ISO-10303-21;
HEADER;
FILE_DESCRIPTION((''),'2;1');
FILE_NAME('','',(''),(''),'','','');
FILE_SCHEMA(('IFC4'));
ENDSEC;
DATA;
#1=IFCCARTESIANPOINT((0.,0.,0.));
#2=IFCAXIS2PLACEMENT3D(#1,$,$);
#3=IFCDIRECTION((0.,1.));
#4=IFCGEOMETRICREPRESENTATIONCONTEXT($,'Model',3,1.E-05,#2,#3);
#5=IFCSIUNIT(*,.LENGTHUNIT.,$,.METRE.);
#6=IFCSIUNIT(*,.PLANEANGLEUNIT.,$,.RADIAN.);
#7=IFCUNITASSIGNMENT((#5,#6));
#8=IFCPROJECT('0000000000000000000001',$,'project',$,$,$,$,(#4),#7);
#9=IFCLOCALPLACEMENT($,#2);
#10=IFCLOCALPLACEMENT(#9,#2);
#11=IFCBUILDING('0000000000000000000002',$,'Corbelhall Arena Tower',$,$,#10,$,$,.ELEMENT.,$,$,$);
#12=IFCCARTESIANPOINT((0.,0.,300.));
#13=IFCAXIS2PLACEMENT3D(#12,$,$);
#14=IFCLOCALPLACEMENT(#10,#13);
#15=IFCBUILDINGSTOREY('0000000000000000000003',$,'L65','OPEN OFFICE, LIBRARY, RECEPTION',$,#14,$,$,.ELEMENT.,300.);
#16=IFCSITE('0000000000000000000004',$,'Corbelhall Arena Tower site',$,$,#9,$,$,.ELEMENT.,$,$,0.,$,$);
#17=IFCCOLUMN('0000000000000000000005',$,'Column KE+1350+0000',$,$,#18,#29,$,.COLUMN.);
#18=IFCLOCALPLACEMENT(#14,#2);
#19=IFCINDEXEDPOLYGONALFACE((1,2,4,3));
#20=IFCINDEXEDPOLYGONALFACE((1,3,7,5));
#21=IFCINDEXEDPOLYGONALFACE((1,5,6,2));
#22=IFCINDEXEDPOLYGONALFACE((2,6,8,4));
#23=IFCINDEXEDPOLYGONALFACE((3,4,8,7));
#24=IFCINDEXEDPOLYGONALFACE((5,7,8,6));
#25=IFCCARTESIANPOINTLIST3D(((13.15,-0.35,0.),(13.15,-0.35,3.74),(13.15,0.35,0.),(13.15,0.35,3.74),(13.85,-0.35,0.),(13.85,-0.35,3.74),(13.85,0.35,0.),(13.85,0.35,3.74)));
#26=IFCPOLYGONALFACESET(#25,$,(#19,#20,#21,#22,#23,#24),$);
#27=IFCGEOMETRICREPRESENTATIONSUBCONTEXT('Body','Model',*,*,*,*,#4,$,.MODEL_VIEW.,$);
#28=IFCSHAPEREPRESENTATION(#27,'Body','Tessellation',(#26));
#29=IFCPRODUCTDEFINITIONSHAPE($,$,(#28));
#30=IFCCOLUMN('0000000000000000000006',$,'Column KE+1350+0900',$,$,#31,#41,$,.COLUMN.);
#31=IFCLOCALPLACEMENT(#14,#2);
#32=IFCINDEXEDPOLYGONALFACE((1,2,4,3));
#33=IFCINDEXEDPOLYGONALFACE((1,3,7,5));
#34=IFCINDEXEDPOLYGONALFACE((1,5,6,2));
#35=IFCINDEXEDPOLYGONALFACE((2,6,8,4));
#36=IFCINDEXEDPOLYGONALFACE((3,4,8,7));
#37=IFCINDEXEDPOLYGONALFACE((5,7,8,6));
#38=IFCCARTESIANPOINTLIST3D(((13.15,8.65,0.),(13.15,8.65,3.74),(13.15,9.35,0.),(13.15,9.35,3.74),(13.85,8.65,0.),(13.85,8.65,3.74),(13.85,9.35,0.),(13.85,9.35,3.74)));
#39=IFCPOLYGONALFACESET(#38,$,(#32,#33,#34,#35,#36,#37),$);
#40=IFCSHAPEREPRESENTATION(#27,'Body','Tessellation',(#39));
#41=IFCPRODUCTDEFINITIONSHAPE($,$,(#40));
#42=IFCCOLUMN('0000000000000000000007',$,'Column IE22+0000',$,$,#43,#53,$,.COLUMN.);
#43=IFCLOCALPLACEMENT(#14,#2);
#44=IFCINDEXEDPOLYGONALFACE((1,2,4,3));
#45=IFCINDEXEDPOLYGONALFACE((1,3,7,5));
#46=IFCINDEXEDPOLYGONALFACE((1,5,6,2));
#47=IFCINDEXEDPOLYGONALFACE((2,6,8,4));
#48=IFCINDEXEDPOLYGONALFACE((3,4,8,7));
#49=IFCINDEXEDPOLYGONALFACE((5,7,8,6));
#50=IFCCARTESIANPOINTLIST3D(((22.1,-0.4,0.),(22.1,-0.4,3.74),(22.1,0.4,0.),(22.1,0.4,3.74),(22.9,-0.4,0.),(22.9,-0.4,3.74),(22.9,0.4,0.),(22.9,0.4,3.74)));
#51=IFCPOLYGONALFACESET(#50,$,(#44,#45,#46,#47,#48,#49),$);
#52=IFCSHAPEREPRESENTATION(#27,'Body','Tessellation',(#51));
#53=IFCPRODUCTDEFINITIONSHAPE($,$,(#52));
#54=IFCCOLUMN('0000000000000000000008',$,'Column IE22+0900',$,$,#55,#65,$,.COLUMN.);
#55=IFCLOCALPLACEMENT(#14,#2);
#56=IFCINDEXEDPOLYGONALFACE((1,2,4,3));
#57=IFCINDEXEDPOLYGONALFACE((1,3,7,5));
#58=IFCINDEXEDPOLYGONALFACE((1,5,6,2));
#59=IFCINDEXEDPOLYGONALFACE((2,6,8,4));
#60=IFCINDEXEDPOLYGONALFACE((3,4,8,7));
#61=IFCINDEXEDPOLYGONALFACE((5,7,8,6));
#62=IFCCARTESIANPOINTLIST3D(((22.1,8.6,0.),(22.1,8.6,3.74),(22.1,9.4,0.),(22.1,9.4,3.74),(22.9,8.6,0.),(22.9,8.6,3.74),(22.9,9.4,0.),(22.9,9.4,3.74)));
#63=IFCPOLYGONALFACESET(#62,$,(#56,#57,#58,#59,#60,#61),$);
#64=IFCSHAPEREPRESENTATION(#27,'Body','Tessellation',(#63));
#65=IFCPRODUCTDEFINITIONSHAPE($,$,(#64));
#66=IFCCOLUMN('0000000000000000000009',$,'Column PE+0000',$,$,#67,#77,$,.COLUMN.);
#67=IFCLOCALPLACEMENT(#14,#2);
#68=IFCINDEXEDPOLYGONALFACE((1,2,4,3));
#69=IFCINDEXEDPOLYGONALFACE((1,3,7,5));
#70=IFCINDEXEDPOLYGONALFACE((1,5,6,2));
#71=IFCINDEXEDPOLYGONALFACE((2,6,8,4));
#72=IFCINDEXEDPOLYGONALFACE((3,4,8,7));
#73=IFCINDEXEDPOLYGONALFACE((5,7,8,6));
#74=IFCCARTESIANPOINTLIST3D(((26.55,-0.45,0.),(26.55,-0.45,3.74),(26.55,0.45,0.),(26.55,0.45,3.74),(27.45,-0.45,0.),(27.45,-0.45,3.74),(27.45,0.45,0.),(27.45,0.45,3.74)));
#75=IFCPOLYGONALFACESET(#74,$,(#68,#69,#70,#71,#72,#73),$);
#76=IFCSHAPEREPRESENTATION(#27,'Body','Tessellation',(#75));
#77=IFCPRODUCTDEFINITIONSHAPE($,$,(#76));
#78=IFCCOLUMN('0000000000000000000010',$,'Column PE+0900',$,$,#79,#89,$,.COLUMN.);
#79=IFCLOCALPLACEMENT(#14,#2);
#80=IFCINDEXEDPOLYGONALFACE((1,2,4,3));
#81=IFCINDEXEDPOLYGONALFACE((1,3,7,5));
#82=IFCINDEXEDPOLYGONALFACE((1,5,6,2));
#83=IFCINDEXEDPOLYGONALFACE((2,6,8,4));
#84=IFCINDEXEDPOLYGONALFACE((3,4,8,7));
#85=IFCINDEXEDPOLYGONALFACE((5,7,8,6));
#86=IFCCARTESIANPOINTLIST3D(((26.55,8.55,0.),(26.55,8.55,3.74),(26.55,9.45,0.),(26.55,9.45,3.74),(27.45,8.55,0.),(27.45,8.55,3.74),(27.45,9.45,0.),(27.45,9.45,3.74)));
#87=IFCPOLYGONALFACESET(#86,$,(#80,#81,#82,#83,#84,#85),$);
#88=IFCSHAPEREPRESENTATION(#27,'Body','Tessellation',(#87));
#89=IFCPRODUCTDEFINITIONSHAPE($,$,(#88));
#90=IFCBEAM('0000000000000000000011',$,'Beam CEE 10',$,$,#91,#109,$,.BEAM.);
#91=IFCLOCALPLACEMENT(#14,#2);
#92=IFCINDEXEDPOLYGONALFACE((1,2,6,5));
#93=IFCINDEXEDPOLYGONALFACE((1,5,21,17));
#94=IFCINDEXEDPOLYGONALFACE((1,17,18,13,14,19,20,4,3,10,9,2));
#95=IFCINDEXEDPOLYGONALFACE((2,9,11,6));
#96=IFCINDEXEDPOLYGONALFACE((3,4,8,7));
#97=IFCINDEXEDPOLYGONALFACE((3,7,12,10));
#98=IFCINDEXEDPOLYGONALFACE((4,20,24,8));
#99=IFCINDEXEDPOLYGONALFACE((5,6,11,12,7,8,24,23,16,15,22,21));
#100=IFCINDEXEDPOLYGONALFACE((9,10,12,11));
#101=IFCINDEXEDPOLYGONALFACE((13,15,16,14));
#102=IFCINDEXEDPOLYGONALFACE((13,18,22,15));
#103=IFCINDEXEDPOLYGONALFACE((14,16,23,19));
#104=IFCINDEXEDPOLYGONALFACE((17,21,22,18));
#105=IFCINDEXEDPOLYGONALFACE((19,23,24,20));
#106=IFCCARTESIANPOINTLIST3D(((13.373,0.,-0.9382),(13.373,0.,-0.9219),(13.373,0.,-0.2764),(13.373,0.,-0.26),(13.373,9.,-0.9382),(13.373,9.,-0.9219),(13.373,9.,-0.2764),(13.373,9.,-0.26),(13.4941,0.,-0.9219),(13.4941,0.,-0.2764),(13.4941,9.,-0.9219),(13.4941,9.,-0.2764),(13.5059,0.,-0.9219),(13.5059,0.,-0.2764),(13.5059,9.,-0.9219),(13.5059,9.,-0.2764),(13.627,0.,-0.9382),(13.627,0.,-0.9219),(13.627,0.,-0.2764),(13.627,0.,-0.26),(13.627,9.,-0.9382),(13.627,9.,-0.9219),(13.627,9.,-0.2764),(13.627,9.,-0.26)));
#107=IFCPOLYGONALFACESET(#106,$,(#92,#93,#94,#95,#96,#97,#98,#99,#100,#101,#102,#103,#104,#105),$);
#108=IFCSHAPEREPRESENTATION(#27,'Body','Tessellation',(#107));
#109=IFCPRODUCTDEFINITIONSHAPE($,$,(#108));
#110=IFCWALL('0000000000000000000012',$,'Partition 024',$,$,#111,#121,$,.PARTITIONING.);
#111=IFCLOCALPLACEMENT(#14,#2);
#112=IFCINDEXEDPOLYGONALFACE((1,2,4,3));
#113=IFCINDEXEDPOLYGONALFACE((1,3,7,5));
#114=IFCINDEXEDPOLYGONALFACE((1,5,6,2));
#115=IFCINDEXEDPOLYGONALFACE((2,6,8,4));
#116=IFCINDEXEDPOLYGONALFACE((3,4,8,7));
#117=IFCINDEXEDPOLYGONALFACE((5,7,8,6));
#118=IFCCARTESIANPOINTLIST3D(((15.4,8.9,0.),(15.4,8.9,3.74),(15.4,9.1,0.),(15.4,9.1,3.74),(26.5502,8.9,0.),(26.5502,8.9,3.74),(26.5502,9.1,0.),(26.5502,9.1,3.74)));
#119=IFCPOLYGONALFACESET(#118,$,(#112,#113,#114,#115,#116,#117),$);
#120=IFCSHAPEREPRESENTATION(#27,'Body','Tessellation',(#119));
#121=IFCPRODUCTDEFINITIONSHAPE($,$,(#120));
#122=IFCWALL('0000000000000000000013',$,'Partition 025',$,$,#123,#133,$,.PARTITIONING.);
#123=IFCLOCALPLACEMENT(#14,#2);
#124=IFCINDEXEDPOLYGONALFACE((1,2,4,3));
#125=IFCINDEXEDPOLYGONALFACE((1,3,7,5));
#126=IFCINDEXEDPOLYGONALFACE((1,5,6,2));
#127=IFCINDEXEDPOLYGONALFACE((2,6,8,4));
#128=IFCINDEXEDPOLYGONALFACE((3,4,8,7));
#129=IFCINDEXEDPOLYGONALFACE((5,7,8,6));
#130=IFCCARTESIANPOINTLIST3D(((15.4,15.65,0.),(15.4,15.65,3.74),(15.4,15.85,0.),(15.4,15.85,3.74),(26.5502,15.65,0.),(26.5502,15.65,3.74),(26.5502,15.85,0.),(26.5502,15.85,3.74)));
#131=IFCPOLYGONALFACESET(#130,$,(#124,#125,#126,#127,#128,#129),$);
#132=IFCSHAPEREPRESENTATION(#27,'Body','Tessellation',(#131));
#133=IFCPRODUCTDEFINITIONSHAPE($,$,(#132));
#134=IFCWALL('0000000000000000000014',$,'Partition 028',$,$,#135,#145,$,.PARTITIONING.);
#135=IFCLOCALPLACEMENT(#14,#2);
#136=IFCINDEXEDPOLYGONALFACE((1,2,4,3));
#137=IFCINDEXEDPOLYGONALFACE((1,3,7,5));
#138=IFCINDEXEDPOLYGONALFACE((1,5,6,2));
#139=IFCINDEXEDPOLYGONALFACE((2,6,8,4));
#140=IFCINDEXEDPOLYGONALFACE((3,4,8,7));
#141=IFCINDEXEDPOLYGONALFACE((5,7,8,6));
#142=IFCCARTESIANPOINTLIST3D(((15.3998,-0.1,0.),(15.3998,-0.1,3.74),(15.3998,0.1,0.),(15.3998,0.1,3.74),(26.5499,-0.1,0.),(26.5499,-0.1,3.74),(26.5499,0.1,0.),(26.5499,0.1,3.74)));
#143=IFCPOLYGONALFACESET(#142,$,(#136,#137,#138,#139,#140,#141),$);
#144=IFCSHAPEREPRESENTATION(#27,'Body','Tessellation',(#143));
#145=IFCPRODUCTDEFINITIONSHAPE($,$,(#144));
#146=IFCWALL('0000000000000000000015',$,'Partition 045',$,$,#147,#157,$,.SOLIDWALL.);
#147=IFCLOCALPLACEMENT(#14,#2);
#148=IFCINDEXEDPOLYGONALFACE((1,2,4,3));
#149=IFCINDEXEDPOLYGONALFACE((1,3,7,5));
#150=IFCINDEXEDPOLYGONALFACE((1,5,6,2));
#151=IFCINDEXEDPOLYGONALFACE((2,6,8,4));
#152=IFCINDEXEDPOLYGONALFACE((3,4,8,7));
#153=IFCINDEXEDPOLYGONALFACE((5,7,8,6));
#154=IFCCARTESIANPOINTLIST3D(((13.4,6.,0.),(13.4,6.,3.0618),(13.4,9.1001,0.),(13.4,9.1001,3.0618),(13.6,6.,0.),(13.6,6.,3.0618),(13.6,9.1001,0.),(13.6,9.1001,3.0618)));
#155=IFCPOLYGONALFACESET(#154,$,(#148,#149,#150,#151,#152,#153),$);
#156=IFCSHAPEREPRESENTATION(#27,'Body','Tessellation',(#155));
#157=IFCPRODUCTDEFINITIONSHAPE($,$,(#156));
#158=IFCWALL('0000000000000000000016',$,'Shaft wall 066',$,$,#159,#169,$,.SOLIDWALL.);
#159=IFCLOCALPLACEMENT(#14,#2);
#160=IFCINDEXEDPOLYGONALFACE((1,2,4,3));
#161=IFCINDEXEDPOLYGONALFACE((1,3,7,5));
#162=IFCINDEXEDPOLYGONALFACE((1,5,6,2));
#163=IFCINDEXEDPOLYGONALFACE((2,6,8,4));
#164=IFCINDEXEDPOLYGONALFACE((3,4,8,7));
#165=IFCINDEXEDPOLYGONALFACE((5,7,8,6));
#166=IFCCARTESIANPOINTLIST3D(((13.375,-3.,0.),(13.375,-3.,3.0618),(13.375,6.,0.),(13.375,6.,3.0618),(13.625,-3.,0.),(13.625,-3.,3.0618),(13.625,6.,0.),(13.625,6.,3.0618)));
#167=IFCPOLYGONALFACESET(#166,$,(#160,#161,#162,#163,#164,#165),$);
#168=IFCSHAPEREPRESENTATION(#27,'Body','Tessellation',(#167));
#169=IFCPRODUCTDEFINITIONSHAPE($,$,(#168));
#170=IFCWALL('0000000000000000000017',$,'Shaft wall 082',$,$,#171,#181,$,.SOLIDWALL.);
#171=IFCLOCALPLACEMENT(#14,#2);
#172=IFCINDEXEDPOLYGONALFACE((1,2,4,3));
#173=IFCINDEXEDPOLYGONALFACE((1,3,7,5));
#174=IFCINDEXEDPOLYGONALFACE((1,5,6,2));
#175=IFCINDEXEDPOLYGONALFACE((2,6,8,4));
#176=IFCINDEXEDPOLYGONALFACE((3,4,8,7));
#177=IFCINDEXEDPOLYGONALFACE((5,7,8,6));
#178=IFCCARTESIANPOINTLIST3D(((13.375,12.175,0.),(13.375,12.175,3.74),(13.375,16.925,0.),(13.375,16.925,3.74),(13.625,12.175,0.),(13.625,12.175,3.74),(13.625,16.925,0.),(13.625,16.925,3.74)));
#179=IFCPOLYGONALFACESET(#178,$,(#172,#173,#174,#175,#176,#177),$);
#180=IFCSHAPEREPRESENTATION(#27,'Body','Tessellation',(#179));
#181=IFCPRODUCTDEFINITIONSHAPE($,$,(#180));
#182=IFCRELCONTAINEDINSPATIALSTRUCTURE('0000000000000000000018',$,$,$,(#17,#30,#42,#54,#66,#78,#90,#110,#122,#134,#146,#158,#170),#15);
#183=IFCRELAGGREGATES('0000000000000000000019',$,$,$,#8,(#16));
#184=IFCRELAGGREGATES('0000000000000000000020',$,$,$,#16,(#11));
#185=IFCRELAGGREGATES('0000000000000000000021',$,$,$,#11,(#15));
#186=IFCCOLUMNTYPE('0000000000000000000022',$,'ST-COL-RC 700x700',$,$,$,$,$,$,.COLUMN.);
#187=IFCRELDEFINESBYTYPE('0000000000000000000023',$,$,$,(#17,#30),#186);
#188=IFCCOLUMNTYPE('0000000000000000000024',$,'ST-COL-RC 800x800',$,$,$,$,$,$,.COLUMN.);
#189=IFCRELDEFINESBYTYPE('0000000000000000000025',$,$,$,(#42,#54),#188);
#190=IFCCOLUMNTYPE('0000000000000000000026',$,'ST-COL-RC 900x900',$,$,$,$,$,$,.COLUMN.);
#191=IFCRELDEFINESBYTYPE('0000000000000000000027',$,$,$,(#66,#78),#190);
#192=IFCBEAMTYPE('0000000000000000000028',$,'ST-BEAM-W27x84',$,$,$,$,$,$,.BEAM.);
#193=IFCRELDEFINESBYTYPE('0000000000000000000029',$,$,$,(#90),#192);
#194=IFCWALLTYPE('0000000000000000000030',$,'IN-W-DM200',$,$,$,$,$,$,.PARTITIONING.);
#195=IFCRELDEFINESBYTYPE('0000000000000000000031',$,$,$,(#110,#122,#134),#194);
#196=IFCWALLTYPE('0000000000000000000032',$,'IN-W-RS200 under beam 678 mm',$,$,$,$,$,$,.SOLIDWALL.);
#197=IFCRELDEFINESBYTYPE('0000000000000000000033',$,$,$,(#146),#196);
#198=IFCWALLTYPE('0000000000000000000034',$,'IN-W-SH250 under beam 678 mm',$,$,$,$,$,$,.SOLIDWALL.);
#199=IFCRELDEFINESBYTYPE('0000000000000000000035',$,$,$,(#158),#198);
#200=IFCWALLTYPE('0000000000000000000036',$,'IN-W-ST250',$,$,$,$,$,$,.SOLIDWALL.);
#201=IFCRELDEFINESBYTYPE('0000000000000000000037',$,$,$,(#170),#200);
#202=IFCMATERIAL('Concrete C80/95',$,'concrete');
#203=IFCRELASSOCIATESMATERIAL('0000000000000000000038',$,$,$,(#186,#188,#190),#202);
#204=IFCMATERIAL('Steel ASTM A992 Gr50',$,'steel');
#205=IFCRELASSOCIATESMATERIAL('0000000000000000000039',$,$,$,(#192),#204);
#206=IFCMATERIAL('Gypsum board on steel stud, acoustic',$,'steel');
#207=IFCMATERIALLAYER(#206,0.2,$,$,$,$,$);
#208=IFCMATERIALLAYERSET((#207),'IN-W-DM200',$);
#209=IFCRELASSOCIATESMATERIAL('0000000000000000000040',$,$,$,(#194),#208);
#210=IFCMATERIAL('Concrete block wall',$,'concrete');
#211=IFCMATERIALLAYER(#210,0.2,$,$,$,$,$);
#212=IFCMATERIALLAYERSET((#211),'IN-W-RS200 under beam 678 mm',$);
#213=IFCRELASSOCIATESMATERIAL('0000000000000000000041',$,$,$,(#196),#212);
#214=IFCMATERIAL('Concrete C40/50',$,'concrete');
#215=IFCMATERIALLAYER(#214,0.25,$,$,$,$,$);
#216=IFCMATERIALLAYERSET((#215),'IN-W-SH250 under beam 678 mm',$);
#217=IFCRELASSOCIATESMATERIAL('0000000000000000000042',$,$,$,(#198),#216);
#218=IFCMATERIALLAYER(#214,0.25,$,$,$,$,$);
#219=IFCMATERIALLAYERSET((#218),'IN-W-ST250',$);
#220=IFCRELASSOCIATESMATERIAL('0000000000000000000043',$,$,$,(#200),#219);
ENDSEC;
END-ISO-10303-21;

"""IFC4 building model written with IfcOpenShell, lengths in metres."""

from ifc_helpers import new_model, si_unit, direction, frame, frame_2d, origin, origin_2d, place, context, subcontext, project, spatial, rectangle, i_section, extrude, material, layer, layer_set, material_profile, profile_set, type_object, element, save


model = new_model("IFC4")

# Units and contexts
model_context = context("Model", 3, precision=1e-05, world=origin(), true_north=direction((0.0, 1.0)))
body_context = subcontext(model_context, "Body", "Model", "MODEL_VIEW")
ifc_project = project(units=[si_unit("LENGTHUNIT", "METRE"), si_unit("PLANEANGLEUNIT", "RADIAN")], contexts=[model_context])

# Site, building, storey
site_placement = place(None, origin())
site = spatial("IfcSite", under=ifc_project, at=site_placement, Name="Corbelhall Arena Tower site", CompositionType="ELEMENT", RefElevation=0.0)
building_placement = place(site_placement, origin())
building = spatial("IfcBuilding", under=site, at=building_placement, Name="Corbelhall Arena Tower", CompositionType="ELEMENT")
storey_placement = place(building_placement, frame((0.0, 0.0, 300.0)))
storey = spatial("IfcBuildingStorey", under=building, at=storey_placement, Name="L65", Description="OPEN OFFICE, LIBRARY, RECEPTION", CompositionType="ELEMENT", Elevation=300.0)

# Columns
ifc_material_1 = material(Name="Concrete C80/95", Category="concrete")
ifc_material_profile_1 = material_profile(ifc_material_1, rectangle(XDim=0.7, YDim=0.7, at=origin_2d()))
ifc_profile_set_1 = profile_set([ifc_material_profile_1], Name="Concrete C80/95")
column_type_1 = type_object("IfcColumnType", Name="ST-COL-RC 700x700", PredefinedType="COLUMN", material=ifc_profile_set_1)
for number, where, z_axis, x_axis, name in (
    (1, (13.5, 0.0, 0.0), (0.0, 0.0, 1.0), (1.0, 0.0, 0.0), "Column KE+1350+0000"),
    (2, (13.5, 9.0, 0.0), (0.0, 0.0, 1.0), (1.0, 0.0, 0.0), "Column KE+1350+0900"),
):
    element("IfcColumn", number, at=place(storey_placement, frame(where, z_axis=z_axis, x_axis=x_axis)), inside=storey, type_object=column_type_1, Name=name, PredefinedType="COLUMN", context=body_context, shape_type="SweptSolid", body=[
        extrude(rectangle(XDim=0.7, YDim=0.7, at=origin_2d()), origin(), (0.0, 0.0, 1.0), 3.74),
    ])
ifc_material_profile_2 = material_profile(ifc_material_1, rectangle(XDim=0.8, YDim=0.8, at=origin_2d()))
ifc_profile_set_2 = profile_set([ifc_material_profile_2], Name="Concrete C80/95")
column_type_2 = type_object("IfcColumnType", Name="ST-COL-RC 800x800", PredefinedType="COLUMN", material=ifc_profile_set_2)
for number, where, z_axis, x_axis, name in (
    (3, (22.5, 0.0, 0.0), (0.0, 0.0, 1.0), (1.0, 0.0, 0.0), "Column IE22+0000"),
    (4, (22.5, 9.0, 0.0), (0.0, 0.0, 1.0), (1.0, 0.0, 0.0), "Column IE22+0900"),
):
    element("IfcColumn", number, at=place(storey_placement, frame(where, z_axis=z_axis, x_axis=x_axis)), inside=storey, type_object=column_type_2, Name=name, PredefinedType="COLUMN", context=body_context, shape_type="SweptSolid", body=[
        extrude(rectangle(XDim=0.8, YDim=0.8, at=origin_2d()), origin(), (0.0, 0.0, 1.0), 3.74),
    ])
ifc_material_profile_3 = material_profile(ifc_material_1, rectangle(XDim=0.8999, YDim=0.8999, at=origin_2d()))
ifc_profile_set_3 = profile_set([ifc_material_profile_3], Name="Concrete C80/95")
column_type_3 = type_object("IfcColumnType", Name="ST-COL-RC 900x900", PredefinedType="COLUMN", material=ifc_profile_set_3)
for number, where, z_axis, x_axis, name in (
    (5, (27.0, 0.0, 0.0), (0.0, 0.0, 1.0), (0.0, 1.0, 0.0), "Column PE+0000"),
    (6, (27.0, 9.0, 0.0), (0.0, 0.0, 1.0), (0.0, 1.0, 0.0), "Column PE+0900"),
):
    element("IfcColumn", number, at=place(storey_placement, frame(where, z_axis=z_axis, x_axis=x_axis)), inside=storey, type_object=column_type_3, Name=name, PredefinedType="COLUMN", context=body_context, shape_type="SweptSolid", body=[
        extrude(rectangle(XDim=0.8999, YDim=0.8999, at=origin_2d()), origin(), (0.0, 0.0, 1.0), 3.74),
    ])

# Beam
ifc_material_2 = material(Name="Steel ASTM A992 Gr50", Category="steel")
ifc_material_profile_4 = material_profile(ifc_material_2, i_section(OverallWidth=0.2539, OverallDepth=0.6782, WebThickness=0.0117, FlangeThickness=0.0164, at=origin_2d()))
ifc_profile_set_4 = profile_set([ifc_material_profile_4], Name="Steel ASTM A992 Gr50")
beam_type = type_object("IfcBeamType", Name="ST-BEAM-W27x84", PredefinedType="BEAM", material=ifc_profile_set_4)
beam_placement = place(storey_placement, frame((13.5, 0.0, -0.5991), z_axis=(0.0, 1.0, 0.0), x_axis=(-1.0, 0.0, 0.0)))
element("IfcBeam", 7, at=beam_placement, inside=storey, type_object=beam_type, Name="Beam CEE 10", PredefinedType="BEAM", context=body_context, shape_type="SweptSolid", body=[
    extrude(i_section(OverallWidth=0.2539, OverallDepth=0.6782, WebThickness=0.0117, FlangeThickness=0.0164, at=origin_2d()), origin(), (0.0, 0.0, 1.0), 9.0),
])

# Shared definitions
ifc_material_3 = material(Name="Gypsum board on steel stud, acoustic", Category="steel")
ifc_layer_1 = layer(ifc_material_3, 0.2)
ifc_layer_set_1 = layer_set([ifc_layer_1], Name="IN-W-DM200")
wall_type_1 = type_object("IfcWallType", Name="IN-W-DM200", PredefinedType="PARTITIONING", material=ifc_layer_set_1)

# Walls
for number, where, z_axis, x_axis, name in (
    (8, (15.3999, 9.0, 0.0), (0.0, 0.0, 1.0), (1.0, 0.0, 0.0), "Partition 024"),
    (9, (15.3999, 15.75, 0.0), (0.0, 0.0, 1.0), (1.0, 0.0, 0.0), "Partition 025"),
):
    element("IfcWall", number, at=place(storey_placement, frame(where, z_axis=z_axis, x_axis=x_axis)), inside=storey, type_object=wall_type_1, Name=name, PredefinedType="PARTITIONING", context=body_context, shape_type="SweptSolid", body=[
        extrude(rectangle(XDim=11.1501, YDim=0.2, at=frame_2d((5.5752, 0.0))), origin(), (0.0, 0.0, 1.0), 3.74),
    ])

# Walls
wall_1_placement = place(storey_placement, frame((26.55, 0.0, 0.0), z_axis=(0.0, 0.0, 1.0), x_axis=(-1.0, 0.0, 0.0)))
element("IfcWall", 10, at=wall_1_placement, inside=storey, type_object=wall_type_1, Name="Partition 028", PredefinedType="PARTITIONING", context=body_context, shape_type="SweptSolid", body=[
    extrude(rectangle(XDim=11.1501, YDim=0.2, at=frame_2d((5.5752, 0.0))), origin(), (0.0, 0.0, 1.0), 3.74),
])
ifc_material_4 = material(Name="Concrete block wall", Category="concrete")
ifc_layer_2 = layer(ifc_material_4, 0.2)
ifc_layer_set_2 = layer_set([ifc_layer_2], Name="IN-W-RS200 under beam 678 mm")
wall_type_2 = type_object("IfcWallType", Name="IN-W-RS200 under beam 678 mm", PredefinedType="SOLIDWALL", material=ifc_layer_set_2)
wall_2_placement = place(storey_placement, frame((13.5, 9.1001, 0.0), z_axis=(0.0, 0.0, 1.0), x_axis=(0.0, -1.0, 0.0)))
element("IfcWall", 11, at=wall_2_placement, inside=storey, type_object=wall_type_2, Name="Partition 045", PredefinedType="SOLIDWALL", context=body_context, shape_type="SweptSolid", body=[
    extrude(rectangle(XDim=3.1001, YDim=0.2, at=frame_2d((1.55, 0.0))), origin(), (0.0, 0.0, 1.0), 3.0618),
])
ifc_material_5 = material(Name="Concrete C40/50", Category="concrete")
ifc_layer_3 = layer(ifc_material_5, 0.25)
ifc_layer_set_3 = layer_set([ifc_layer_3], Name="IN-W-SH250 under beam 678 mm")
wall_type_3 = type_object("IfcWallType", Name="IN-W-SH250 under beam 678 mm", PredefinedType="SOLIDWALL", material=ifc_layer_set_3)
wall_3_placement = place(storey_placement, frame((13.5, 6.0, 0.0), z_axis=(0.0, 0.0, 1.0), x_axis=(0.0, -1.0, 0.0)))
element("IfcWall", 12, at=wall_3_placement, inside=storey, type_object=wall_type_3, Name="Shaft wall 066", PredefinedType="SOLIDWALL", context=body_context, shape_type="SweptSolid", body=[
    extrude(rectangle(XDim=9.0, YDim=0.25, at=frame_2d((4.5, 0.0))), origin(), (0.0, 0.0, 1.0), 3.0618),
])
ifc_layer_4 = layer(ifc_material_5, 0.25)
ifc_layer_set_4 = layer_set([ifc_layer_4], Name="IN-W-ST250")
wall_type_4 = type_object("IfcWallType", Name="IN-W-ST250", PredefinedType="SOLIDWALL", material=ifc_layer_set_4)
wall_4_placement = place(storey_placement, frame((13.5, 12.175, 0.0), z_axis=(0.0, 0.0, 1.0), x_axis=(0.0, 1.0, 0.0)))
element("IfcWall", 13, at=wall_4_placement, inside=storey, type_object=wall_type_4, Name="Shaft wall 082", PredefinedType="SOLIDWALL", context=body_context, shape_type="SweptSolid", body=[
    extrude(rectangle(XDim=4.75, YDim=0.25, at=frame_2d((2.375, 0.0))), origin(), (0.0, 0.0, 1.0), 3.74),
])

save(model, "model.ifc")
